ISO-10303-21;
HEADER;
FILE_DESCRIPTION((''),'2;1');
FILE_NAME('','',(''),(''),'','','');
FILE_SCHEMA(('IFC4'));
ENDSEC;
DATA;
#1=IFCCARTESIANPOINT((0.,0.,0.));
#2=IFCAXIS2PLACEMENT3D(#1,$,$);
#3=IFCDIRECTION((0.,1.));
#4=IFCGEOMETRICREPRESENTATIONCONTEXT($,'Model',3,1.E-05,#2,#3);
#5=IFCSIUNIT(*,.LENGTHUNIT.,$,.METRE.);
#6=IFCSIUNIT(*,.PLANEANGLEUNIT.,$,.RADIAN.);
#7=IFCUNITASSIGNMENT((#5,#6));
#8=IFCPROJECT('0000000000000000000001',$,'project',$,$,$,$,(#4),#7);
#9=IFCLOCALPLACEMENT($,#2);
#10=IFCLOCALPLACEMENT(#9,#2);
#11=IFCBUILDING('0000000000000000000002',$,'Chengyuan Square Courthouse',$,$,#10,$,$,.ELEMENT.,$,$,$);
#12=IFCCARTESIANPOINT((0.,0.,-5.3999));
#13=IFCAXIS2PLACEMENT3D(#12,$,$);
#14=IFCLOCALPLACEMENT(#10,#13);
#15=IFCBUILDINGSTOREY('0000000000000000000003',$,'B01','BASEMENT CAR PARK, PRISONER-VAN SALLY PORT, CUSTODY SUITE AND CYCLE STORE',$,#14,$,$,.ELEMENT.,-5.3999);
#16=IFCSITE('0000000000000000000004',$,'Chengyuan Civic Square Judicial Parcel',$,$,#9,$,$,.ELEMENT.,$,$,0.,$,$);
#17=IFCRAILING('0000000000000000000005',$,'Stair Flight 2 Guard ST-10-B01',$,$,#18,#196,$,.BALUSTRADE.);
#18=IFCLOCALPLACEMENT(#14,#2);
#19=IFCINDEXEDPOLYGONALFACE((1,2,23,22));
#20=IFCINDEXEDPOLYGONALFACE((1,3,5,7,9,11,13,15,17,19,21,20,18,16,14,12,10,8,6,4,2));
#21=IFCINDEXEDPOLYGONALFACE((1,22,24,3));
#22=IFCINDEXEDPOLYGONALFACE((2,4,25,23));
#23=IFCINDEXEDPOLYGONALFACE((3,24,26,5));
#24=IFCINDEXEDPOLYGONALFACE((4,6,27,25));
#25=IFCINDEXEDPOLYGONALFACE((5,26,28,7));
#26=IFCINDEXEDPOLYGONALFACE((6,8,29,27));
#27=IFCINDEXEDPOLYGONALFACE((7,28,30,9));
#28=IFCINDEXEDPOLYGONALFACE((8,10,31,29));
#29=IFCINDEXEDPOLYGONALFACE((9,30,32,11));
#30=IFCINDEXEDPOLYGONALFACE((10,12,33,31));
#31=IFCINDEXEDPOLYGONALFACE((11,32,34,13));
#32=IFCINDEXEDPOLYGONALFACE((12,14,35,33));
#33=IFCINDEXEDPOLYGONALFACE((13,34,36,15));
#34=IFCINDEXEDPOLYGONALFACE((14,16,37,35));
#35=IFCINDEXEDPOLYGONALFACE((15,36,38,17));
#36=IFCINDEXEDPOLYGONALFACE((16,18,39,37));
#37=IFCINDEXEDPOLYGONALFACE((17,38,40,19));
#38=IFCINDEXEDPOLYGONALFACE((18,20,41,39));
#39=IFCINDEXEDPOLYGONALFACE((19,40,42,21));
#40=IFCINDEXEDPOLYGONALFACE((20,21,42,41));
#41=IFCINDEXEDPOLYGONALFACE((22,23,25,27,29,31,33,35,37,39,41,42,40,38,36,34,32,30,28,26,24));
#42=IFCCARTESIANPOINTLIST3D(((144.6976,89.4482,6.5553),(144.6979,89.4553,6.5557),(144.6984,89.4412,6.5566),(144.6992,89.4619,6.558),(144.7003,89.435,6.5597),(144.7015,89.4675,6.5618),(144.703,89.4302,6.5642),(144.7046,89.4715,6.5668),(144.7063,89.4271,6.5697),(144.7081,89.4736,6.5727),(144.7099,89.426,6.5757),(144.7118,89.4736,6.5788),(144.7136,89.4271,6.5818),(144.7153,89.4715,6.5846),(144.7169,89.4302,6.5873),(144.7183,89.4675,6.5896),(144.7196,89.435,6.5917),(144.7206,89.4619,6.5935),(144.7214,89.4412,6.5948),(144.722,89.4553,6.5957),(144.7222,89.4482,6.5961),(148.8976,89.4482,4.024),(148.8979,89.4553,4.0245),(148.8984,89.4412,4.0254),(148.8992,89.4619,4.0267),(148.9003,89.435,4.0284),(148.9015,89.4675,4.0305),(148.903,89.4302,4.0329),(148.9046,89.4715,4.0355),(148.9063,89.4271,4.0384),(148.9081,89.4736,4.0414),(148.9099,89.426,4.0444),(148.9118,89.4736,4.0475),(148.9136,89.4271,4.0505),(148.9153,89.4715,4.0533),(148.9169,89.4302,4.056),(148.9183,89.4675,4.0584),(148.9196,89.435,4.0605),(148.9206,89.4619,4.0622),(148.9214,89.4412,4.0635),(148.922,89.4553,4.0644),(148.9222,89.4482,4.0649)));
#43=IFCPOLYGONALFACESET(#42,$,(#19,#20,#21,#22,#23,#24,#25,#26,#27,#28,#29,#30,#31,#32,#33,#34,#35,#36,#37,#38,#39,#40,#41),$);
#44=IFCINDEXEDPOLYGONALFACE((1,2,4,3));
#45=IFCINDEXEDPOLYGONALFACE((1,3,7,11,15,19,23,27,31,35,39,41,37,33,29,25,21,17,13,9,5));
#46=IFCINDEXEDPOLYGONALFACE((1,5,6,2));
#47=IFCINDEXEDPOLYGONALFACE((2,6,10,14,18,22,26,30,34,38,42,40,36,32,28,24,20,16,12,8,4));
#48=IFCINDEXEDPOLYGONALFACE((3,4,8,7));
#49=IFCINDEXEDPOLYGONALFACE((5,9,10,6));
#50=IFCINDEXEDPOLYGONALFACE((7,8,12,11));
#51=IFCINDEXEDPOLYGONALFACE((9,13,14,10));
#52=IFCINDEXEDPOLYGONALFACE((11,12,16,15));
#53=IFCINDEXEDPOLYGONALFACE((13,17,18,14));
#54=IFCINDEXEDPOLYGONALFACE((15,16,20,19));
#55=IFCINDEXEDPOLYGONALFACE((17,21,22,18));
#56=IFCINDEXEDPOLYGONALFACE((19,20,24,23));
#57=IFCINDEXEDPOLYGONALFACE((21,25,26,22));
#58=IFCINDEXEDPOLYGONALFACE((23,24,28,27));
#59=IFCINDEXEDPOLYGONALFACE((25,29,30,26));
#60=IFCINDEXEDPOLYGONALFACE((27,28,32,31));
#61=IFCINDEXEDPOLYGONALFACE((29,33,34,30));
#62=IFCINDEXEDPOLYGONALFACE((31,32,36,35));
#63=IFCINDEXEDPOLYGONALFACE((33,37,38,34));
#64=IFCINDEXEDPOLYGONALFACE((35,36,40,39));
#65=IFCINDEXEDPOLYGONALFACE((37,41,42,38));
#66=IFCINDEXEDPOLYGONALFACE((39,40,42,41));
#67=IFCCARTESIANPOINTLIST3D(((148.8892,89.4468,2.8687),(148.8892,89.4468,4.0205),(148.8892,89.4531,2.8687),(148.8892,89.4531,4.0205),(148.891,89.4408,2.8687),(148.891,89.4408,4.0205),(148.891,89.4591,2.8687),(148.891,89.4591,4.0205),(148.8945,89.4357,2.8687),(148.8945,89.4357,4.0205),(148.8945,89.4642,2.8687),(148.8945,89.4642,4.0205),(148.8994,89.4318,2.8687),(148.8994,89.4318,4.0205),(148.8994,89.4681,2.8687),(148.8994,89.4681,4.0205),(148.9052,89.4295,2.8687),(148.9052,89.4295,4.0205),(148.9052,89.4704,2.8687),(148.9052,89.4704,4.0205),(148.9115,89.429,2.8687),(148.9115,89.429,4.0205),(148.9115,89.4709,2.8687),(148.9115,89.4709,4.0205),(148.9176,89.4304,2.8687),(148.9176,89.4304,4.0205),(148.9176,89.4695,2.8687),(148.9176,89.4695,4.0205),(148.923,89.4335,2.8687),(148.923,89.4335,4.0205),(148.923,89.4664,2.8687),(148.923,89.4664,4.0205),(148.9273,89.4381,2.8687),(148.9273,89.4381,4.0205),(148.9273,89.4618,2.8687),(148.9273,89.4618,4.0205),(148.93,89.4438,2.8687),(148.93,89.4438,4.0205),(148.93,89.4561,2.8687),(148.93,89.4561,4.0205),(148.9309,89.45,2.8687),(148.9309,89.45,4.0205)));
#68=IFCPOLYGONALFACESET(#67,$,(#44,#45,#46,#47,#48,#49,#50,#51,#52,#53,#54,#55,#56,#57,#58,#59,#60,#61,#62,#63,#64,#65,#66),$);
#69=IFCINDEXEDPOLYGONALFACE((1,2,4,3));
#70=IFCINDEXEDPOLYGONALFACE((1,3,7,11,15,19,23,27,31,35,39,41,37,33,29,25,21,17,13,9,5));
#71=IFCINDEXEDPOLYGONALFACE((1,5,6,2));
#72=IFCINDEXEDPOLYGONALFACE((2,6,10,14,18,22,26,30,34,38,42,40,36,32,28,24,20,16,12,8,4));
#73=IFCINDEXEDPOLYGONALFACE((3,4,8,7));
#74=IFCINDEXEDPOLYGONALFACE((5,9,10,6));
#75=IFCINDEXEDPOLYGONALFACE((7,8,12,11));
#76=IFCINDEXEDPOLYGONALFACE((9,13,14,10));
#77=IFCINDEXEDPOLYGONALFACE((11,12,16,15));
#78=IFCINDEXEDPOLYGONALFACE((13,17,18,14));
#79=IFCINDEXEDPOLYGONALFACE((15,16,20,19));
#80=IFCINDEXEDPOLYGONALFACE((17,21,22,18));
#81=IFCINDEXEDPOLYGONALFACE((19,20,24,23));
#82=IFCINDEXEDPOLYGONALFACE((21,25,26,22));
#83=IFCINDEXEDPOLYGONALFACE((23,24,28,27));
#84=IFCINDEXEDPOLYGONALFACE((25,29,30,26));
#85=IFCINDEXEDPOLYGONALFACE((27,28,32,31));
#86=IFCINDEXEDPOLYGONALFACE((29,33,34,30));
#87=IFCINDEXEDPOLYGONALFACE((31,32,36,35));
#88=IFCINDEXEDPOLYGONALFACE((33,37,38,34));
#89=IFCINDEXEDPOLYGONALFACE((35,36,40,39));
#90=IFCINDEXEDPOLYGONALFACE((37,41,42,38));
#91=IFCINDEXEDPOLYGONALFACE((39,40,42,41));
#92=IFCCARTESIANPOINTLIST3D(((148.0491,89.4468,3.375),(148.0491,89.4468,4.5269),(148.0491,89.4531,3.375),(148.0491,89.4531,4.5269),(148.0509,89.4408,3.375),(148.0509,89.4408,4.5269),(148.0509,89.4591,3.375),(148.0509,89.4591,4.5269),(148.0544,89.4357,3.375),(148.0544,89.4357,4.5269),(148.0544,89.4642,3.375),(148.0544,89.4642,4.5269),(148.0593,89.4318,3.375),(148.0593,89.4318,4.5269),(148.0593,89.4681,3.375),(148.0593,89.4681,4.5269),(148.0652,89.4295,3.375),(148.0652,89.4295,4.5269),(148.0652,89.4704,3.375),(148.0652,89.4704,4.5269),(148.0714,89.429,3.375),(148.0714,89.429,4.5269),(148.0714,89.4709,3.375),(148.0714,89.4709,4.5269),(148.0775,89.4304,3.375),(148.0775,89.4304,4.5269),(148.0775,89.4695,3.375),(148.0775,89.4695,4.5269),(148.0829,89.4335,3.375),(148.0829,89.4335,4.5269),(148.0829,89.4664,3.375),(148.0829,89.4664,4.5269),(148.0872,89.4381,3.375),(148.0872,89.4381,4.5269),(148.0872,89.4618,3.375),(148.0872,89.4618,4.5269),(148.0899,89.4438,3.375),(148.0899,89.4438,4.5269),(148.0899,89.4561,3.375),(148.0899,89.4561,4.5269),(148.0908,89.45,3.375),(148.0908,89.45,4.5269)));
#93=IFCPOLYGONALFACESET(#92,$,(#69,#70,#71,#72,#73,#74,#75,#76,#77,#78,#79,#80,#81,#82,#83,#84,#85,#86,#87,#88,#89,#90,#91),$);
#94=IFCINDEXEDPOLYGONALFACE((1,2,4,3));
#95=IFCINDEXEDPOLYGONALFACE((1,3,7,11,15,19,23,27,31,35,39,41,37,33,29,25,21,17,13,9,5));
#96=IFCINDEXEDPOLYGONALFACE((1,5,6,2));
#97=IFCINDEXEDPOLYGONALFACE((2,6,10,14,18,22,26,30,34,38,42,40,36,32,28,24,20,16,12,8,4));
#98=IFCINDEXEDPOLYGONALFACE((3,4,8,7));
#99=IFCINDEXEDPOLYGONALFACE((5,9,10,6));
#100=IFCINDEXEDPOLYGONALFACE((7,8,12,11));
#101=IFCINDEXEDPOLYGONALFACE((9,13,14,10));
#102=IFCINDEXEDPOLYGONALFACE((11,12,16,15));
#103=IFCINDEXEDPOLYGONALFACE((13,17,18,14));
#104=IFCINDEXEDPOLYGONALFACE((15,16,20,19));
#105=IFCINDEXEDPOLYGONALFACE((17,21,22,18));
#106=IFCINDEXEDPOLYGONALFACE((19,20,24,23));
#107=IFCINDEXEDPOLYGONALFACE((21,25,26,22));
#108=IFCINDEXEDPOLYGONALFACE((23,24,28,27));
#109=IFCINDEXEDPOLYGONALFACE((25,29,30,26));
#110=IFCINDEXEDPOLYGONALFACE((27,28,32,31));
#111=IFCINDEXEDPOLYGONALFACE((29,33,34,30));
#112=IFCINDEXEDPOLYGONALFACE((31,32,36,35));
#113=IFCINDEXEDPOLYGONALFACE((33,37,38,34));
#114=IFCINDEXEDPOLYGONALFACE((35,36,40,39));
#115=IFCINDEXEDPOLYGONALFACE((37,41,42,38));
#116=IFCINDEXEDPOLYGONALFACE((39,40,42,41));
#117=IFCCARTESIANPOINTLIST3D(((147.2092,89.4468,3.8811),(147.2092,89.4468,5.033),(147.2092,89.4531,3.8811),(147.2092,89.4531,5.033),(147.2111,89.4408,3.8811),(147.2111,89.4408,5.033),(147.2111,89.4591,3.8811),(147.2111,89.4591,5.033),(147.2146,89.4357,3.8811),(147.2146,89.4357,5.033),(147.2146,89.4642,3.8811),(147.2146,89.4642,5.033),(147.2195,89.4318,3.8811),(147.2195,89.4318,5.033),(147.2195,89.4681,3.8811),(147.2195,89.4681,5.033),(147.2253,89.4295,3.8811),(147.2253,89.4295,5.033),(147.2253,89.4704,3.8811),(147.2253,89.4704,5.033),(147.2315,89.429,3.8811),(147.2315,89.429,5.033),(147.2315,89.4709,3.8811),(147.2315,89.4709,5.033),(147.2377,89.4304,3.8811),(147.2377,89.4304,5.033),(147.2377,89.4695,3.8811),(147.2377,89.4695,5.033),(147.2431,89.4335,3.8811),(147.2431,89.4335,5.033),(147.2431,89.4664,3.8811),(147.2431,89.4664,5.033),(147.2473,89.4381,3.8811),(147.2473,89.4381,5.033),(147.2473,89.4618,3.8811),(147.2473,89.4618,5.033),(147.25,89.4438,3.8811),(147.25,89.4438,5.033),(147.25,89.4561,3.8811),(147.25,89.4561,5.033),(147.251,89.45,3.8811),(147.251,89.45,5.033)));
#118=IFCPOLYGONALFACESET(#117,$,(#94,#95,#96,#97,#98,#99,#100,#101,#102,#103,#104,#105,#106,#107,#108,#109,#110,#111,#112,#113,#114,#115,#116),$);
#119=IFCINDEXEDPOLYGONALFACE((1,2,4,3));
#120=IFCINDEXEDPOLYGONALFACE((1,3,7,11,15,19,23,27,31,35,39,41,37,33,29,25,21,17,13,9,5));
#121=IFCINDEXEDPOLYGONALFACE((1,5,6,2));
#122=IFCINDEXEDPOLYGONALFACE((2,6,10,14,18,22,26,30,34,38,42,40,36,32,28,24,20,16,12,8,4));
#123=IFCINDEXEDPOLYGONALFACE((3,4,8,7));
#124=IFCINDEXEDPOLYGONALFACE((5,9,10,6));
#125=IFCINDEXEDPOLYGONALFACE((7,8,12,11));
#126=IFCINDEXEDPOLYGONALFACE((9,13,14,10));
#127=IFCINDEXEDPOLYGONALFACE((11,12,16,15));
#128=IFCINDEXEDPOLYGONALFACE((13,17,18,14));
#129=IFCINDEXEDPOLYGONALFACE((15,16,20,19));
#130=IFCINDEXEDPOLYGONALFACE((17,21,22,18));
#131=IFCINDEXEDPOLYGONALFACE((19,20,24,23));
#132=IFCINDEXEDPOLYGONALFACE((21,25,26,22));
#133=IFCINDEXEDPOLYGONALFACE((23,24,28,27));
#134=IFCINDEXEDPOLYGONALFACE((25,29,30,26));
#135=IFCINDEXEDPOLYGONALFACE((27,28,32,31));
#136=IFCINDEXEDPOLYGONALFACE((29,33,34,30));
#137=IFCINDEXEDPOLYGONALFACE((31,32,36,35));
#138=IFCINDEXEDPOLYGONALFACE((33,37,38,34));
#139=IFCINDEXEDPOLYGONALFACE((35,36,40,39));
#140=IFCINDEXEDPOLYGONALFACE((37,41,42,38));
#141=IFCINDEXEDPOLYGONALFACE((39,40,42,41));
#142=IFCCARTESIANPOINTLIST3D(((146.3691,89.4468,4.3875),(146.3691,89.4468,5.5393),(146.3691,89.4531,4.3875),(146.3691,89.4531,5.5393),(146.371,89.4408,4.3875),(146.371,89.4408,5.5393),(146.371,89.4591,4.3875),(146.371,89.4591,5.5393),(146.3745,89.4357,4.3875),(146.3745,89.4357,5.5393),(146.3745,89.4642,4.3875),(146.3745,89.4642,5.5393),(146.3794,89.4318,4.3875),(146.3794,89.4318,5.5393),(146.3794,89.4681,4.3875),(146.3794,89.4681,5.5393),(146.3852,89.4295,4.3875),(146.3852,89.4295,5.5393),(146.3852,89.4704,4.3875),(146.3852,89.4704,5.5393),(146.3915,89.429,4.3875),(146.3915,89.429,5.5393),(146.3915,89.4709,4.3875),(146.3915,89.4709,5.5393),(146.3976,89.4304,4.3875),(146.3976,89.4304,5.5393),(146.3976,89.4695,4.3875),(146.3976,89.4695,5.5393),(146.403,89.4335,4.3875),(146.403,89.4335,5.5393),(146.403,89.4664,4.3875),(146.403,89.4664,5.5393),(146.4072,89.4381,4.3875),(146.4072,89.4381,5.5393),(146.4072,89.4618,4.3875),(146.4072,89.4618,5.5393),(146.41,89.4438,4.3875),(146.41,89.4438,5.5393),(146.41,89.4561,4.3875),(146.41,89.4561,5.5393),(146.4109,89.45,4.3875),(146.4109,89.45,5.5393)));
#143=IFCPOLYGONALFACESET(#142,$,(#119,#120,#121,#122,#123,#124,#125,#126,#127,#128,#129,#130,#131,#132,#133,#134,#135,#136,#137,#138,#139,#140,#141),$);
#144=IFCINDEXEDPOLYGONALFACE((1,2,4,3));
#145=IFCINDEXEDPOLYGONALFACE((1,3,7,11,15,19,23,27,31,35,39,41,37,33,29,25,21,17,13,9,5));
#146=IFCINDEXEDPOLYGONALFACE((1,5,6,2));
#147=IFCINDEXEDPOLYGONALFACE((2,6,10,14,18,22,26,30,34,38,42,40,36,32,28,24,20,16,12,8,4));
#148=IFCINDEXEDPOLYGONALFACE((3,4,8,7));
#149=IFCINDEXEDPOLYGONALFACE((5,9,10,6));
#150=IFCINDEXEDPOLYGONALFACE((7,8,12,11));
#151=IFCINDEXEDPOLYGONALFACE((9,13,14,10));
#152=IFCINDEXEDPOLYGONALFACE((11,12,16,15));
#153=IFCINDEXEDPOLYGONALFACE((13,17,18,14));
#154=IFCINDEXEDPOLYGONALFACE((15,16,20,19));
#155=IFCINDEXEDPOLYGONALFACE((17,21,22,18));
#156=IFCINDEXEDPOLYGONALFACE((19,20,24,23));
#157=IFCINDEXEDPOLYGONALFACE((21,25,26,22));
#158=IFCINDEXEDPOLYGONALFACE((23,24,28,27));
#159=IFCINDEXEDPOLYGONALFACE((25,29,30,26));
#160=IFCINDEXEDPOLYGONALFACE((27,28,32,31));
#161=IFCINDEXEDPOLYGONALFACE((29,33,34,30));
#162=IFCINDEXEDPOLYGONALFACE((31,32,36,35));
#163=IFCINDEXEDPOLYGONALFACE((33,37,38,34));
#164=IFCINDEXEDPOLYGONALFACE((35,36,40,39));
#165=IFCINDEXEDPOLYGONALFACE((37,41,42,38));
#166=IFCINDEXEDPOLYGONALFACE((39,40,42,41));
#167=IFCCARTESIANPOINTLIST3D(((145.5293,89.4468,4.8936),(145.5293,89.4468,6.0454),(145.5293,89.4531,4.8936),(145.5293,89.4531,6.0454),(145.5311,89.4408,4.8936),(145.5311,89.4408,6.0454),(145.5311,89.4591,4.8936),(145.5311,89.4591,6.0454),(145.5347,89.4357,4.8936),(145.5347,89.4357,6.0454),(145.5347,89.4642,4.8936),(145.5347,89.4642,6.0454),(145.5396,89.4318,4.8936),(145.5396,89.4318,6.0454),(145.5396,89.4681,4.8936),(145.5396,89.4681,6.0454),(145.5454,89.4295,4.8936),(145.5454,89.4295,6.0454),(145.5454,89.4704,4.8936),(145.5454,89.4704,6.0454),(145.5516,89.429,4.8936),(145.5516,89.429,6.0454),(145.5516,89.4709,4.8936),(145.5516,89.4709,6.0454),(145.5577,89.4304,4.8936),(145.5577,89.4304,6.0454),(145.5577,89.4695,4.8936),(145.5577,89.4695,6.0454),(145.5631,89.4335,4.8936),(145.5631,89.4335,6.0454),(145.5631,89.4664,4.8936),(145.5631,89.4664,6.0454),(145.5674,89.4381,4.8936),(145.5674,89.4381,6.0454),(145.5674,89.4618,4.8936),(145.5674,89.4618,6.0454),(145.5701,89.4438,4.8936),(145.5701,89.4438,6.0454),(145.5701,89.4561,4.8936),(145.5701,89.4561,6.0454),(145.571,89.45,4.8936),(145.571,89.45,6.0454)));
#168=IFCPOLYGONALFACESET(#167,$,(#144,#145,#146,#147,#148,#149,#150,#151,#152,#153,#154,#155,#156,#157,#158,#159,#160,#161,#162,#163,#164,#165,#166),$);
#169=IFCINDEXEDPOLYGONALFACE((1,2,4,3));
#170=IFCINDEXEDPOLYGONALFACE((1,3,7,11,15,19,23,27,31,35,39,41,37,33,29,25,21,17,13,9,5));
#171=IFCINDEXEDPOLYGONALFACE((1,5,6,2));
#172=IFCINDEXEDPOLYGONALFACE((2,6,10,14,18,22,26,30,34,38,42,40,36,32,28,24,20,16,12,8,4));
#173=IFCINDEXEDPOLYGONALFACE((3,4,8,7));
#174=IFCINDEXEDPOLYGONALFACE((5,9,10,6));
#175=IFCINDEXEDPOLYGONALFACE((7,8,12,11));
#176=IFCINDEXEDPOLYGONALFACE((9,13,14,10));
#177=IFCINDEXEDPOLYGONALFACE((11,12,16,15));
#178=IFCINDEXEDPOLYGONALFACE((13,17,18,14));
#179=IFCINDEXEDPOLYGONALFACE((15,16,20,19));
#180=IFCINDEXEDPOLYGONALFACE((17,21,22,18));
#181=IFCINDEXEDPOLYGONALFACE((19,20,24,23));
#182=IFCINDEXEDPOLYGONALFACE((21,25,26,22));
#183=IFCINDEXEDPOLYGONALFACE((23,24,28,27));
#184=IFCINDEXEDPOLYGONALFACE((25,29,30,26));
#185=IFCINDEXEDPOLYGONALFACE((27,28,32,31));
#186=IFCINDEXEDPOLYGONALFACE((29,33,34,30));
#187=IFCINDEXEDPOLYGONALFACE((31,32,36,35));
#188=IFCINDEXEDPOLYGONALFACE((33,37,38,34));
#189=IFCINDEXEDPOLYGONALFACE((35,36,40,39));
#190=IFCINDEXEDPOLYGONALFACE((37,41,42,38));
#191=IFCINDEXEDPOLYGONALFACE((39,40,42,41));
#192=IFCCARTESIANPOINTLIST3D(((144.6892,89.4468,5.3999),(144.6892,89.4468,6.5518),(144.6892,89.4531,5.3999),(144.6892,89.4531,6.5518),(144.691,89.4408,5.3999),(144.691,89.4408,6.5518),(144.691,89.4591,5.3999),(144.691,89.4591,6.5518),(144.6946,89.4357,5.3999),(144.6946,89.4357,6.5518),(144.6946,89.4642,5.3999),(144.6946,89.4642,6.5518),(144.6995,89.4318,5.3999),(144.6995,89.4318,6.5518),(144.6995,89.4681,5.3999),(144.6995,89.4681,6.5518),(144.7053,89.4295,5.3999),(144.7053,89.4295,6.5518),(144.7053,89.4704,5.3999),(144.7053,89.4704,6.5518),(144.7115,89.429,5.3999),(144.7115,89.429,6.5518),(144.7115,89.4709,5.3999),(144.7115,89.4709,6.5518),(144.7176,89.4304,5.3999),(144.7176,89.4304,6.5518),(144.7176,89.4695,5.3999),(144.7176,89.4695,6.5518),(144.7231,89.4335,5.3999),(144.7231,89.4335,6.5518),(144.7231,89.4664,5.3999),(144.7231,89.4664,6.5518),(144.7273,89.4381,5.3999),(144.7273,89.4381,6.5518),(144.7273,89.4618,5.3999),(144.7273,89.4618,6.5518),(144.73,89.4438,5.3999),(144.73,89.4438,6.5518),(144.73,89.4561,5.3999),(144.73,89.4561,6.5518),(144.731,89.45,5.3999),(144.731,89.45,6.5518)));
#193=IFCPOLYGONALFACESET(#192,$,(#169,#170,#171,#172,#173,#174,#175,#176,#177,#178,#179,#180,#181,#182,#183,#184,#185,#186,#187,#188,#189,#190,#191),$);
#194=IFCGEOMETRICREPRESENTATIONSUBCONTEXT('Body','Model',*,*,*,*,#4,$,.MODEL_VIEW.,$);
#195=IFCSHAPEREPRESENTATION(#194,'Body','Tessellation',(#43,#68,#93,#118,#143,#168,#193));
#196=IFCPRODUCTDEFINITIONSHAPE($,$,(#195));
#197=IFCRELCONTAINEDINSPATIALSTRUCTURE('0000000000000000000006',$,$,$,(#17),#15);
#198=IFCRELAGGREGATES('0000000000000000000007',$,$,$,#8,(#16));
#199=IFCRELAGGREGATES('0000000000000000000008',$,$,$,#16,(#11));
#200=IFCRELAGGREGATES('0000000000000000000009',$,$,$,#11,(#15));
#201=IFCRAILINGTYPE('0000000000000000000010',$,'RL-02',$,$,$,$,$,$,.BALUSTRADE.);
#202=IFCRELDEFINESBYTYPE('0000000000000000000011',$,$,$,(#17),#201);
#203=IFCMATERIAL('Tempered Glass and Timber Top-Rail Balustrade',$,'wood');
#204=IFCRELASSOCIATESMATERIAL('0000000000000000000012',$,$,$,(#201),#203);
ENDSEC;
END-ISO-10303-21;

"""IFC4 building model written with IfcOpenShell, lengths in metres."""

from ifc_helpers import new_model, si_unit, direction, frame, origin, origin_2d, place, context, subcontext, project, spatial, circle, extrude, material, type_object, element, save


model = new_model("IFC4")

# Units and contexts
model_context = context("Model", 3, precision=1e-05, world=origin(), true_north=direction((0.0, 1.0)))
body_context = subcontext(model_context, "Body", "Model", "MODEL_VIEW")
ifc_project = project(units=[si_unit("LENGTHUNIT", "METRE"), si_unit("PLANEANGLEUNIT", "RADIAN")], contexts=[model_context])

# Site, building, storey
site_placement = place(None, origin())
site = spatial("IfcSite", under=ifc_project, at=site_placement, Name="Chengyuan Civic Square Judicial Parcel", CompositionType="ELEMENT", RefElevation=0.0)
building_placement = place(site_placement, origin())
building = spatial("IfcBuilding", under=site, at=building_placement, Name="Chengyuan Square Courthouse", CompositionType="ELEMENT")
storey_placement = place(building_placement, frame((0.0, 0.0, -5.3999)))
storey = spatial("IfcBuildingStorey", under=building, at=storey_placement, Name="B01", Description="BASEMENT CAR PARK, PRISONER-VAN SALLY PORT, CUSTODY SUITE AND CYCLE STORE", CompositionType="ELEMENT", Elevation=-5.3999)

# Railing
ifc_material_1 = material(Name="Tempered Glass and Timber Top-Rail Balustrade", Category="wood")
railing_type_1 = type_object("IfcRailingType", Name="RL-02", PredefinedType="BALUSTRADE", material=ifc_material_1)
railing_1_placement = place(storey_placement, frame((148.9099, 89.45, 2.8687)))
element("IfcRailing", 1, at=railing_1_placement, inside=storey, type_object=railing_type_1, Name="Stair Flight 2 Guard ST-10-B01", PredefinedType="BALUSTRADE", context=body_context, shape_type="SweptSolid", body=[
    extrude(circle(Radius=0.0239, at=origin_2d()), frame((0.0, 0.0, 1.1758), z_axis=(-0.856476, 0.0, 0.516186), x_axis=(0.0, -1.0, 0.0)), (0.0, 0.0, 1.0), 4.9038),
    extrude(circle(Radius=0.021, at=origin_2d()), origin(), (0.0, 0.0, 1.0), 1.1519),
    extrude(circle(Radius=0.021, at=origin_2d()), frame((-0.8401, 0.0, 0.5063)), (0.0, 0.0, 1.0), 1.1519),
    extrude(circle(Radius=0.021, at=origin_2d()), frame((-1.6799, 0.0, 1.0125)), (0.0, 0.0, 1.0), 1.1519),
    extrude(circle(Radius=0.021, at=origin_2d()), frame((-2.52, 0.0, 1.5188)), (0.0, 0.0, 1.0), 1.1519),
    extrude(circle(Radius=0.021, at=origin_2d()), frame((-3.3599, 0.0, 2.0249)), (0.0, 0.0, 1.0), 1.1519),
    extrude(circle(Radius=0.021, at=origin_2d()), frame((-4.2, 0.0, 2.5312)), (0.0, 0.0, 1.0), 1.1519),
])

save(model, "model.ifc")
